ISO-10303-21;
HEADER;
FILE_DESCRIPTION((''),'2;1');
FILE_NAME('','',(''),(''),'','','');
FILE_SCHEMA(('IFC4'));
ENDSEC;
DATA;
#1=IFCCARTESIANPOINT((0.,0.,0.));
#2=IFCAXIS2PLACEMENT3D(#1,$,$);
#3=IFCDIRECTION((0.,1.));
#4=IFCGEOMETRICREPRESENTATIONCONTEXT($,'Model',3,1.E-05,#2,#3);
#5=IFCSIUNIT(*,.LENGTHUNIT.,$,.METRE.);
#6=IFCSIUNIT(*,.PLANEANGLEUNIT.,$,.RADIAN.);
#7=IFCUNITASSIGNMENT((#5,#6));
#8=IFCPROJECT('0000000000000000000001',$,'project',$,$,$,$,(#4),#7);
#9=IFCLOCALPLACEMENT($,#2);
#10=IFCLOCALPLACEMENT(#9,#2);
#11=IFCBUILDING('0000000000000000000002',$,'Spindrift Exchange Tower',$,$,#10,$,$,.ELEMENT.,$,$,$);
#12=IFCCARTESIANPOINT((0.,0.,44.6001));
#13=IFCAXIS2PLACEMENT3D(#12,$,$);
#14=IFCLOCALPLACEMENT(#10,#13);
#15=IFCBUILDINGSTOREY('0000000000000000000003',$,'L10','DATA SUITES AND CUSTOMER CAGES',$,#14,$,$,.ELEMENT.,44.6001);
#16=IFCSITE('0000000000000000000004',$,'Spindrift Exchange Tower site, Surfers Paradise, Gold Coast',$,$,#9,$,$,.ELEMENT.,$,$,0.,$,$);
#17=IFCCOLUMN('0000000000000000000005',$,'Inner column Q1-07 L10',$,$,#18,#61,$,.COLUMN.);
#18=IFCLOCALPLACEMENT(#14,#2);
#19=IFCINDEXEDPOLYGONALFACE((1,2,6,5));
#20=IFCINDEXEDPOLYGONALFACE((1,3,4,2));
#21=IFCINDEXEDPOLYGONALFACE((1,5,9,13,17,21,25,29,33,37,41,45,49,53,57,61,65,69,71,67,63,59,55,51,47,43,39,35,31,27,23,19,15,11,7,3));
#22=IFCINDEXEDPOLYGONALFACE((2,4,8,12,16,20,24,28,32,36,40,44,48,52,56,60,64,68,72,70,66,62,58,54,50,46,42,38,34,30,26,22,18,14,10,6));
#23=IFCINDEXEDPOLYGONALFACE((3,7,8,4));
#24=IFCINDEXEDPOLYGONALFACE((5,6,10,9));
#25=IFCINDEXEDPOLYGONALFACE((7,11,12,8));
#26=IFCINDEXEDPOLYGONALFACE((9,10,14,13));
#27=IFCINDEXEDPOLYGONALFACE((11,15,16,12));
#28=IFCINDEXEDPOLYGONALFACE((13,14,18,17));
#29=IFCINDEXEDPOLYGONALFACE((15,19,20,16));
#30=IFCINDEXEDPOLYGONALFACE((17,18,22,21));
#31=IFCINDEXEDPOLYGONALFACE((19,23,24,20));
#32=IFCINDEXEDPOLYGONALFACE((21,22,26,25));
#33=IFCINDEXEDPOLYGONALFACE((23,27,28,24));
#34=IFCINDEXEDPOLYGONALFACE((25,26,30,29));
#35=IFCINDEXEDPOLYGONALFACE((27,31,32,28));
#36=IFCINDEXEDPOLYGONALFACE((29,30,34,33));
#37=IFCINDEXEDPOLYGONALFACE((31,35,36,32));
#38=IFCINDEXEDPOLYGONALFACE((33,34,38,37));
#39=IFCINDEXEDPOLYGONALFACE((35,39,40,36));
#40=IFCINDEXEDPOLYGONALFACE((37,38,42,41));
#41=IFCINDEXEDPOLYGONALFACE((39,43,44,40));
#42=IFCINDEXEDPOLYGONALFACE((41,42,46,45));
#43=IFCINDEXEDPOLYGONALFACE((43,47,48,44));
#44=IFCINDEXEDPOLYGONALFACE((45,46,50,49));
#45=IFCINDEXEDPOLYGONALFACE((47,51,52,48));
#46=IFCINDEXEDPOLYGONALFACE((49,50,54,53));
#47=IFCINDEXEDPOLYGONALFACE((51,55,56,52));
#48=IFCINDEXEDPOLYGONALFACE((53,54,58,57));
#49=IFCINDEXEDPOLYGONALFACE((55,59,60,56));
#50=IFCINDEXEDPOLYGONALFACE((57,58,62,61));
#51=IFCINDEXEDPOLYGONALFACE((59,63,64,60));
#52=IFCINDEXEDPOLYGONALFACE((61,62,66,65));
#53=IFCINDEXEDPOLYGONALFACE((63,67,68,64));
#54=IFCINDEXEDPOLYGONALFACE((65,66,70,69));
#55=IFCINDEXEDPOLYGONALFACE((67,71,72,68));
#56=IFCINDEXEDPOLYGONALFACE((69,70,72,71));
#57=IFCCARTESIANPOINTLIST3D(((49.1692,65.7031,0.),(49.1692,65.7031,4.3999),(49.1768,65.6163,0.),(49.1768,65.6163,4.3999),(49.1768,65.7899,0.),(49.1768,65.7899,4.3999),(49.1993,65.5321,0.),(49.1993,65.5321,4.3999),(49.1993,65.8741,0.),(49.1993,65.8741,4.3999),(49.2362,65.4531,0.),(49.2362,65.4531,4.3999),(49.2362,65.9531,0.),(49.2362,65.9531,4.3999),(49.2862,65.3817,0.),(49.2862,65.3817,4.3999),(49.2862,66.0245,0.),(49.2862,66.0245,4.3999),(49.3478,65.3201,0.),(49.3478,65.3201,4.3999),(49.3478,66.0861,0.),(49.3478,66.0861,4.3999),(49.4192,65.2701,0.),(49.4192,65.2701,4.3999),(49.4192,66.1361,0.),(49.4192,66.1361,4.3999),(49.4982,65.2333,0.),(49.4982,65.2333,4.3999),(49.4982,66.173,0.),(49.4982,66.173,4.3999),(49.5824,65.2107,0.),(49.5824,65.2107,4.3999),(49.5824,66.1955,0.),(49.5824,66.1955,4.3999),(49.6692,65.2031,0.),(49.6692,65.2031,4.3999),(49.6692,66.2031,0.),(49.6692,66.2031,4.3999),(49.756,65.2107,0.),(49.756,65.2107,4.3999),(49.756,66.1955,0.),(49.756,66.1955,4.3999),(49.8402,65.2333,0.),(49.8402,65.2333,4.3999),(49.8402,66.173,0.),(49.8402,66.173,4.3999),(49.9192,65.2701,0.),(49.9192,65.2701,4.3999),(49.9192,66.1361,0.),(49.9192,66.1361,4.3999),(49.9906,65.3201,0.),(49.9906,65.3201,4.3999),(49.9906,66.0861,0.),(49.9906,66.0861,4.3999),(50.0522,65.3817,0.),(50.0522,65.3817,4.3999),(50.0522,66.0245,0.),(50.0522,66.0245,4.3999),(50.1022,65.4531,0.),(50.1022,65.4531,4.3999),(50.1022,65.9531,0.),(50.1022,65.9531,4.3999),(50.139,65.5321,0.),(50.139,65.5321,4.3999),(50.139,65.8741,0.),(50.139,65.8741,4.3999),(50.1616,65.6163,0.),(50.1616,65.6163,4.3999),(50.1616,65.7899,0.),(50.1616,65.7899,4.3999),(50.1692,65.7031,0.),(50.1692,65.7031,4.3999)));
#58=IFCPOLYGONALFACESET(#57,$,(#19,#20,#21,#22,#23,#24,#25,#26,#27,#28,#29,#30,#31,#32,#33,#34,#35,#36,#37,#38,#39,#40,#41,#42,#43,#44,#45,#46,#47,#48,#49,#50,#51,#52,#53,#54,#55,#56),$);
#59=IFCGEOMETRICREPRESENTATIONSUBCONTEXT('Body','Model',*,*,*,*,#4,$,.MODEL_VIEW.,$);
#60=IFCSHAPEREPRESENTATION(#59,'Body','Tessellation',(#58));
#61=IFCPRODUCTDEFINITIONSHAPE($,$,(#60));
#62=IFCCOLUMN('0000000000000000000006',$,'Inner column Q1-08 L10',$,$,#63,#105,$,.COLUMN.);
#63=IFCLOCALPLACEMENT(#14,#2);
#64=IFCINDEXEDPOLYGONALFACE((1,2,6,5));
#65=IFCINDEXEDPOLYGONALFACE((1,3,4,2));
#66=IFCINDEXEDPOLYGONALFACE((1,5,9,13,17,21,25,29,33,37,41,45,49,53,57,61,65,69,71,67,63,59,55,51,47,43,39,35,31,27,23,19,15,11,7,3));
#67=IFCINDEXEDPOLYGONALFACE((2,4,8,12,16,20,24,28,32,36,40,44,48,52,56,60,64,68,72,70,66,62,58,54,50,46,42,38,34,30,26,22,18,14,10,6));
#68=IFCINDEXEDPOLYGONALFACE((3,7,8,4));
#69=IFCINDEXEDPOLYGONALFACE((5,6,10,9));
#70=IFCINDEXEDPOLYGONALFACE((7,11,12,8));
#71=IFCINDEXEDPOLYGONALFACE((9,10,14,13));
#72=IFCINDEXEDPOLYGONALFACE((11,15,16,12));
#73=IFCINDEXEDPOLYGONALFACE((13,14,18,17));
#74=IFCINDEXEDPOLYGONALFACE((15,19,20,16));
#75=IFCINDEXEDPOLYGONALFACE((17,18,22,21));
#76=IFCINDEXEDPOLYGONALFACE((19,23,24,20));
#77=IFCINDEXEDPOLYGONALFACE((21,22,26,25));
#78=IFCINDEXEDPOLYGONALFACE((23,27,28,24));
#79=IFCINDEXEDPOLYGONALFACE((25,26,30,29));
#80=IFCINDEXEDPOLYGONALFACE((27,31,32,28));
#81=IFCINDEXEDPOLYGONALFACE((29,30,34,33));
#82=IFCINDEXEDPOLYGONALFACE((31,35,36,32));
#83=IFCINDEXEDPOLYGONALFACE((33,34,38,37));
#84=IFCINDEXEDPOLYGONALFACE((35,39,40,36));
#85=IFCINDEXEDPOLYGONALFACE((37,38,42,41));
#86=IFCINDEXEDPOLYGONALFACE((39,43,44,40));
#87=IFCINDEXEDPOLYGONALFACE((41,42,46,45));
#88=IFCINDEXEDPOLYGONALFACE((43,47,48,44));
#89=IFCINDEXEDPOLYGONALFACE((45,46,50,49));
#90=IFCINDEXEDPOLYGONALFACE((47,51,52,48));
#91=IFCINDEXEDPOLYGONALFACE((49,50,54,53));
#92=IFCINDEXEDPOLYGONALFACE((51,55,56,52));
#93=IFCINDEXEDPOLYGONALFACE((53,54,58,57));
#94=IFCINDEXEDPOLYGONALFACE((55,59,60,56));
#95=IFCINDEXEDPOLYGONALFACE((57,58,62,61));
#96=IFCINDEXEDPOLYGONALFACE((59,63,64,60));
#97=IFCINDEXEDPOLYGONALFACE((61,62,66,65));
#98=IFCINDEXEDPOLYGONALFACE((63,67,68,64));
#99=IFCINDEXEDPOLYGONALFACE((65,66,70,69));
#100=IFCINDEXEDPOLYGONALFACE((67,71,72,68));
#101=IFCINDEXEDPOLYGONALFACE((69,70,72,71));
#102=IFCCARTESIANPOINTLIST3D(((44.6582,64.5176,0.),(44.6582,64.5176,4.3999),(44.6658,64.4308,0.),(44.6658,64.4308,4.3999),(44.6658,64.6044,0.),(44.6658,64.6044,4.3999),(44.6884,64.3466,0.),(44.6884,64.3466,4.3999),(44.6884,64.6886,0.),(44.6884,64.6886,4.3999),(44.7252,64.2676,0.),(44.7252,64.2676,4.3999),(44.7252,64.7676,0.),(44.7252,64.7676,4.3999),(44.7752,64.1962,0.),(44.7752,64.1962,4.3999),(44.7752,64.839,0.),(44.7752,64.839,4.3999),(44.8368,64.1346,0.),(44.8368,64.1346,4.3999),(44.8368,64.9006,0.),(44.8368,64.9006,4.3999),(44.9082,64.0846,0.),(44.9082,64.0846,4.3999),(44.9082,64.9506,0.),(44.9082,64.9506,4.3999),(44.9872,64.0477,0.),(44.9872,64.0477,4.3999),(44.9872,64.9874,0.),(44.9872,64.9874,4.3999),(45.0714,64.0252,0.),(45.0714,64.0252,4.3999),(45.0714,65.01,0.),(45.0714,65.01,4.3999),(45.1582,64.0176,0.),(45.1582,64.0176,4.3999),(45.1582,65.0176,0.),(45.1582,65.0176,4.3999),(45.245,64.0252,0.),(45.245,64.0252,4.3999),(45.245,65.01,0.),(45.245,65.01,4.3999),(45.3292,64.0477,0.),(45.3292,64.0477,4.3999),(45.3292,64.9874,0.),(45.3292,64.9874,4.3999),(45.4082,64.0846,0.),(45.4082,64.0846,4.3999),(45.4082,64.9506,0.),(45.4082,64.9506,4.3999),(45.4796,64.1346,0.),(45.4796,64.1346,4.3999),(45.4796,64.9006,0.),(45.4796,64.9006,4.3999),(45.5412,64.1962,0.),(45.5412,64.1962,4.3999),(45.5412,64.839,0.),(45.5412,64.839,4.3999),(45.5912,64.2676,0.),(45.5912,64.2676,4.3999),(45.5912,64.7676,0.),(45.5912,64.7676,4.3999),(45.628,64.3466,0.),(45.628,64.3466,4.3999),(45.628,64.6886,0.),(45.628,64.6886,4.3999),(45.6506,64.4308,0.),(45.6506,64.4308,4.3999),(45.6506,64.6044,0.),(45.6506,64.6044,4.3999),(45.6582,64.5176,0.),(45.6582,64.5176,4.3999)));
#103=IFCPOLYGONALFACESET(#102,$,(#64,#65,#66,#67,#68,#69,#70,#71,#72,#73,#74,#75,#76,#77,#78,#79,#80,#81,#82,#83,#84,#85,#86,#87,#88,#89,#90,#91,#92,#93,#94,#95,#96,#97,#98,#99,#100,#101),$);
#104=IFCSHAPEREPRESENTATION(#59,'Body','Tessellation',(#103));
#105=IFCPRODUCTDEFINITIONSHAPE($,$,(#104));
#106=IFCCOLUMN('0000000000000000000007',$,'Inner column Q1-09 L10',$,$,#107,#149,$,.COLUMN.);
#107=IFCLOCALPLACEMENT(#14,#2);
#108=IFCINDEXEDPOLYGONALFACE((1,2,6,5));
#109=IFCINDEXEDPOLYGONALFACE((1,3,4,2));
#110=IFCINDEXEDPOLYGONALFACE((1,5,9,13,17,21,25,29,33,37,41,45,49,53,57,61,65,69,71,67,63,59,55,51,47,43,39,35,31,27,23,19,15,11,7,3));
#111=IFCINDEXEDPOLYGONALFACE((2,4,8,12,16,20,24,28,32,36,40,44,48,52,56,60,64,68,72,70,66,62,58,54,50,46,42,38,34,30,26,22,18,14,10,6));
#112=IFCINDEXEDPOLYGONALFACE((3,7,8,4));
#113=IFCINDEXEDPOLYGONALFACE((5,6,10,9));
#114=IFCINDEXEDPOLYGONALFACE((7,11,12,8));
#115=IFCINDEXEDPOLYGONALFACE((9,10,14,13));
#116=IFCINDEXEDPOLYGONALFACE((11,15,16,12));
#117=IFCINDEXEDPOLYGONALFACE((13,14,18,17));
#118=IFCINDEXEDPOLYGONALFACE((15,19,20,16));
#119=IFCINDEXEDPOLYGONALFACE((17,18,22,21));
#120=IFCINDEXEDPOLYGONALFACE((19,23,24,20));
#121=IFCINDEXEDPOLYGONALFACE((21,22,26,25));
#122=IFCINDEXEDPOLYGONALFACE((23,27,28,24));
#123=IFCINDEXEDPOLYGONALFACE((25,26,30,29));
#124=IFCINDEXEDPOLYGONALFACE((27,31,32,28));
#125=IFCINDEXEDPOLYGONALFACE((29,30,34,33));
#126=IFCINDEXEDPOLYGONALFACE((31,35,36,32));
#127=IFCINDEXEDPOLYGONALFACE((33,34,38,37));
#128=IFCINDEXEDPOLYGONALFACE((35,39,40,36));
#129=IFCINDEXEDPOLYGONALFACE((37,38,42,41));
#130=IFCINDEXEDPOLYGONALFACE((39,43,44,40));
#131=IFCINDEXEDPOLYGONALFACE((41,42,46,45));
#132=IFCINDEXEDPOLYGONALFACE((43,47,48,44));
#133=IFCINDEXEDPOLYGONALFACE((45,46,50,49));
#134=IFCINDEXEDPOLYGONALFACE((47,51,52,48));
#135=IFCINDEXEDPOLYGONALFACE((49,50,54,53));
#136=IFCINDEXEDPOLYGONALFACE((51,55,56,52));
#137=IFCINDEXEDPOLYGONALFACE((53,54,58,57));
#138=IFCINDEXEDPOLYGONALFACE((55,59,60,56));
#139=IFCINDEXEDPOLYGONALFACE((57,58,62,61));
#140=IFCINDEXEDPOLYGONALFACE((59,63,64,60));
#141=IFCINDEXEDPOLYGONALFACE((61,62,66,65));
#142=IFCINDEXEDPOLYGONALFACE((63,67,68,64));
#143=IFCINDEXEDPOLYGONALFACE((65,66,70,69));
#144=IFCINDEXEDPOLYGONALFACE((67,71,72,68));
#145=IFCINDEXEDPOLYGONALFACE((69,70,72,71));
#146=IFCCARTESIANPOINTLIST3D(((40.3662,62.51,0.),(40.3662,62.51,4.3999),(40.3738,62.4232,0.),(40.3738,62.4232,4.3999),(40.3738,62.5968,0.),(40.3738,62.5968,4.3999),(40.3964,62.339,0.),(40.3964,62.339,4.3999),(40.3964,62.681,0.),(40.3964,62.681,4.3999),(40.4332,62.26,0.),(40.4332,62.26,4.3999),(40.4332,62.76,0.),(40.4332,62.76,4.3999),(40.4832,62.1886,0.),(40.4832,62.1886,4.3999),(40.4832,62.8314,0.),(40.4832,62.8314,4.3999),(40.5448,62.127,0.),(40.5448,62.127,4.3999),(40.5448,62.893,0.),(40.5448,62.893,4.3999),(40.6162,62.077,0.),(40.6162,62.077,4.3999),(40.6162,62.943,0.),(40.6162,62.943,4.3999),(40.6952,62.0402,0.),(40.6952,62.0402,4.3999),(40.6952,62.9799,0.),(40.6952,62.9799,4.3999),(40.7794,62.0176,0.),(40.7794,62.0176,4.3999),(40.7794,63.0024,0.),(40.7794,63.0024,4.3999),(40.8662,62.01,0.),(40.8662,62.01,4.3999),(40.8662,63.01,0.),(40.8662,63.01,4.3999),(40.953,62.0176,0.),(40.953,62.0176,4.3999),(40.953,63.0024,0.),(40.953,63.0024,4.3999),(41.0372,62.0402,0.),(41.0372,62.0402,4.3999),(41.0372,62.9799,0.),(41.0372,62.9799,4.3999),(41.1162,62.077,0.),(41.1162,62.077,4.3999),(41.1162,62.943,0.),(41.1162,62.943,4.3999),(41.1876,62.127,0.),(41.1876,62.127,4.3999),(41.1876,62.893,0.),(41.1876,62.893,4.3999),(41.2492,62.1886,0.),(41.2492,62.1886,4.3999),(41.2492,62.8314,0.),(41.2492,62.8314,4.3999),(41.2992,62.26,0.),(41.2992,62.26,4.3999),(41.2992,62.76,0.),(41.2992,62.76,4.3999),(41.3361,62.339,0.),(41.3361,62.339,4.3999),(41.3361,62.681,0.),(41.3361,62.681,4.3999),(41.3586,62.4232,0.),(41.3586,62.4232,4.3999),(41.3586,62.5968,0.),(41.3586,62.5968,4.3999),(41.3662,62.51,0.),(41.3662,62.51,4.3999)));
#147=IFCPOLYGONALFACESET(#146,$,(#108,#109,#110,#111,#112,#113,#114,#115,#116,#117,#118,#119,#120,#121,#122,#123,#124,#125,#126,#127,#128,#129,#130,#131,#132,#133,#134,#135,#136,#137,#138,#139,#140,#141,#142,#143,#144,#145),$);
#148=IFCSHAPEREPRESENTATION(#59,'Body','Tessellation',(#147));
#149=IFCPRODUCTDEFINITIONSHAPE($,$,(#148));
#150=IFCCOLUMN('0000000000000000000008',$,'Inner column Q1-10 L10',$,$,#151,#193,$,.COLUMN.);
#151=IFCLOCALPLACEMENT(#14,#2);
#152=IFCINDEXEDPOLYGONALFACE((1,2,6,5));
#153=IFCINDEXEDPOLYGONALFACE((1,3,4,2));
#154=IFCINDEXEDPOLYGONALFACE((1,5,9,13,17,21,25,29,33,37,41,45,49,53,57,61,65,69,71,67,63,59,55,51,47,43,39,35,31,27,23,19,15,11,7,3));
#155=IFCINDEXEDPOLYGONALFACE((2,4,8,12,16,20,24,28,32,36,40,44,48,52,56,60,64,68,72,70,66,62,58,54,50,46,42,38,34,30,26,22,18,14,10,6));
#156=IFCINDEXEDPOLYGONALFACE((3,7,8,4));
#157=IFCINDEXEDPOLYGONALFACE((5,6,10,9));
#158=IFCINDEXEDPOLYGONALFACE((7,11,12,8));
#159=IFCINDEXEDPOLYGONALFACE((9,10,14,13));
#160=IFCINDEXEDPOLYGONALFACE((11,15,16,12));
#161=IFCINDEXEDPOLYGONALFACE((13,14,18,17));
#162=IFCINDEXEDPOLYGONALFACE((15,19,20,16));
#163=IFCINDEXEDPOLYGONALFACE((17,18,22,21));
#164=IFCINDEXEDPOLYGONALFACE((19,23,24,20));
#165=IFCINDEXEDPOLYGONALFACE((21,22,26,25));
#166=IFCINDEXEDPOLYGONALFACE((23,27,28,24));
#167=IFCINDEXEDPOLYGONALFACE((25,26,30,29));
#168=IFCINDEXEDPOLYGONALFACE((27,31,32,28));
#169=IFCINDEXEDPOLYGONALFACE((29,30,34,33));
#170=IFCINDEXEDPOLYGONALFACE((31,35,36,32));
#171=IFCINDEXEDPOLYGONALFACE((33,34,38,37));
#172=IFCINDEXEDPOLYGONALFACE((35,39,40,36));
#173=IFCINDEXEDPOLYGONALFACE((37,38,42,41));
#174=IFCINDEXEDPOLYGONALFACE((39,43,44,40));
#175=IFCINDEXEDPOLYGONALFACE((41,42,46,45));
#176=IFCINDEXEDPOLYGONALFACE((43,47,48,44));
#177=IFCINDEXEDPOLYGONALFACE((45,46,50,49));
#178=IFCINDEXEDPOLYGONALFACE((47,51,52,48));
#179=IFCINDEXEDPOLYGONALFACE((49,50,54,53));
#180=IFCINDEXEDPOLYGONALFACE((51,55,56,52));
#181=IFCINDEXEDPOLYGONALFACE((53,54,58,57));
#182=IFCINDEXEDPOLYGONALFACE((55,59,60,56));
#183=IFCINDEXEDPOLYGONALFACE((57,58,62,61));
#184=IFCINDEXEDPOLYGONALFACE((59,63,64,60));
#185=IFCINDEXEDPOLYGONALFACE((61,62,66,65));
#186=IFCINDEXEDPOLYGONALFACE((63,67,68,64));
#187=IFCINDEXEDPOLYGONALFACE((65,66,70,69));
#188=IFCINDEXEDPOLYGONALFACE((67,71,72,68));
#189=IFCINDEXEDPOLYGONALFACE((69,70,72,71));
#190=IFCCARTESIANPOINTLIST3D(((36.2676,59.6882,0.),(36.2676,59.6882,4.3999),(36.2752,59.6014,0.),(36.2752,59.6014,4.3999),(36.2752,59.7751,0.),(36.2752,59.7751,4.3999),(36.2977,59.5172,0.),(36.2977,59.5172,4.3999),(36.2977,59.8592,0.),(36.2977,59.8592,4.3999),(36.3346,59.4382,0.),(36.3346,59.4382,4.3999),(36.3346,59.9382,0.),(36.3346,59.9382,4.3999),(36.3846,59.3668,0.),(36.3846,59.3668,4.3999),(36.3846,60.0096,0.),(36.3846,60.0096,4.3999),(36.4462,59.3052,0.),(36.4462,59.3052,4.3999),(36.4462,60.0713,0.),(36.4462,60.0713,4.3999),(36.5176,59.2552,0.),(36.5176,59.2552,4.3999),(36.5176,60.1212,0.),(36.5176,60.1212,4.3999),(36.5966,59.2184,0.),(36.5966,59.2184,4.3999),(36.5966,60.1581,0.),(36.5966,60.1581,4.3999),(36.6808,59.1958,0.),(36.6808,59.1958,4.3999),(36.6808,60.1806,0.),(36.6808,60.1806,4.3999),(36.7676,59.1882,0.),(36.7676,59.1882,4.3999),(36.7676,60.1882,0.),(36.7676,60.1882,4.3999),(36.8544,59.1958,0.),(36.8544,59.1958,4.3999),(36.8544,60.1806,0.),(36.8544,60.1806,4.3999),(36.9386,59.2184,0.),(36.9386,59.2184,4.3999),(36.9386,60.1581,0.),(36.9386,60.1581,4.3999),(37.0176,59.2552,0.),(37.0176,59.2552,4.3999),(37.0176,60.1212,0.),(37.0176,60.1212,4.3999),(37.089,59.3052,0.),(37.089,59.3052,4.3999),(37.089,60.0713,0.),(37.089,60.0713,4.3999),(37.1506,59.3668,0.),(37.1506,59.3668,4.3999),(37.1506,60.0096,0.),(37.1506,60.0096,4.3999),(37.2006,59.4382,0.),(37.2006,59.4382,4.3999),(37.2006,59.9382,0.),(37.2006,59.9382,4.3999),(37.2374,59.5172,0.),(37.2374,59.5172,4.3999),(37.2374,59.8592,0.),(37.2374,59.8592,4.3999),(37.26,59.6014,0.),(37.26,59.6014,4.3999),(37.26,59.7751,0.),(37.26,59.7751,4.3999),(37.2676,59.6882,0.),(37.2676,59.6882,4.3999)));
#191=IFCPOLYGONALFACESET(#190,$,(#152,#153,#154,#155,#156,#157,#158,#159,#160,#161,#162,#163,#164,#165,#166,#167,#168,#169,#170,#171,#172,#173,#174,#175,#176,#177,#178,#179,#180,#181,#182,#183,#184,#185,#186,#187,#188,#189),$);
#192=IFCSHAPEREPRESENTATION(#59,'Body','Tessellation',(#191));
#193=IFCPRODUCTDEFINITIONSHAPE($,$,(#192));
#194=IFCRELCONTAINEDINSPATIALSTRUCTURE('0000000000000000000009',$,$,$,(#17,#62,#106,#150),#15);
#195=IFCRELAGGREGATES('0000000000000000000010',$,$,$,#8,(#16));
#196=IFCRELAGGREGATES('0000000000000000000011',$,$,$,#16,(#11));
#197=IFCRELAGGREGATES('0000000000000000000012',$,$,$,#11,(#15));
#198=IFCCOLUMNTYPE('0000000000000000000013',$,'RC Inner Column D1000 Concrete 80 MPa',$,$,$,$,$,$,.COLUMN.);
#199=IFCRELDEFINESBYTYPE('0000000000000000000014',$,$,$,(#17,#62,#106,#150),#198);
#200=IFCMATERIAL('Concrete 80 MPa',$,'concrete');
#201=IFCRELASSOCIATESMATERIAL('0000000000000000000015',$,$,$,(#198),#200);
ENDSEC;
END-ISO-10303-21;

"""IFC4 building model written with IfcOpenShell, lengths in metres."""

from ifc_helpers import new_model, si_unit, direction, frame, origin, origin_2d, place, context, subcontext, project, spatial, circle, extrude, source, transform, mapped, material, material_profile, profile_set, type_object, element, save


model = new_model("IFC4")

# Units and contexts
model_context = context("Model", 3, precision=1e-05, world=origin(), true_north=direction((0.0, 1.0)))
body_context = subcontext(model_context, "Body", "Model", "MODEL_VIEW")
ifc_project = project(units=[si_unit("LENGTHUNIT", "METRE"), si_unit("PLANEANGLEUNIT", "RADIAN")], contexts=[model_context])

# Site, building, storey
site_placement = place(None, origin())
site = spatial("IfcSite", under=ifc_project, at=site_placement, Name="Spindrift Exchange Tower site, Surfers Paradise, Gold Coast", CompositionType="ELEMENT", RefElevation=0.0)
building_placement = place(site_placement, origin())
building = spatial("IfcBuilding", under=site, at=building_placement, Name="Spindrift Exchange Tower", CompositionType="ELEMENT")
storey_placement = place(building_placement, frame((0.0, 0.0, 44.6001)))
storey = spatial("IfcBuildingStorey", under=building, at=storey_placement, Name="L10", Description="DATA SUITES AND CUSTOMER CAGES", CompositionType="ELEMENT", Elevation=44.6001)

# Columns
ifc_material_1 = material(Name="Concrete 80 MPa", Category="concrete")
ifc_material_profile_1 = material_profile(ifc_material_1, circle(Radius=0.5, at=origin_2d()), Name="RC D1000")
ifc_profile_set_1 = profile_set([ifc_material_profile_1], Name="Concrete 80 MPa")
column_type = type_object("IfcColumnType", Name="RC Inner Column D1000 Concrete 80 MPa", PredefinedType="COLUMN", material=ifc_profile_set_1)
shared_shape_1 = source(origin(), body_context, "Body", "SweptSolid", [
    extrude(circle(Radius=0.5, at=origin_2d()), origin(), (0.0, 0.0, 1.0), 4.3999),
])
for number, where, z_axis, x_axis, name in (
    (1, (49.6692, 65.7031, 0.0), (0.0, 0.0, 1.0), (1.0, 0.0, 0.0), "Inner column Q1-07 L10"),
    (2, (45.1582, 64.5176, 0.0), (0.0, 0.0, 1.0), (1.0, 0.0, 0.0), "Inner column Q1-08 L10"),
    (3, (40.8662, 62.51, 0.0), (0.0, 0.0, 1.0), (1.0, 0.0, 0.0), "Inner column Q1-09 L10"),
    (4, (36.7676, 59.6882, 0.0), (0.0, 0.0, 1.0), (1.0, 0.0, 0.0), "Inner column Q1-10 L10"),
):
    element("IfcColumn", number, at=place(storey_placement, frame(where, z_axis=z_axis, x_axis=x_axis)), inside=storey, type_object=column_type, Name=name, PredefinedType="COLUMN", context=body_context, shape_type="MappedRepresentation", body=[
        mapped(shared_shape_1, transform((0.0, 0.0, 0.0), scale=1.0)),
    ])

save(model, "model.ifc")
